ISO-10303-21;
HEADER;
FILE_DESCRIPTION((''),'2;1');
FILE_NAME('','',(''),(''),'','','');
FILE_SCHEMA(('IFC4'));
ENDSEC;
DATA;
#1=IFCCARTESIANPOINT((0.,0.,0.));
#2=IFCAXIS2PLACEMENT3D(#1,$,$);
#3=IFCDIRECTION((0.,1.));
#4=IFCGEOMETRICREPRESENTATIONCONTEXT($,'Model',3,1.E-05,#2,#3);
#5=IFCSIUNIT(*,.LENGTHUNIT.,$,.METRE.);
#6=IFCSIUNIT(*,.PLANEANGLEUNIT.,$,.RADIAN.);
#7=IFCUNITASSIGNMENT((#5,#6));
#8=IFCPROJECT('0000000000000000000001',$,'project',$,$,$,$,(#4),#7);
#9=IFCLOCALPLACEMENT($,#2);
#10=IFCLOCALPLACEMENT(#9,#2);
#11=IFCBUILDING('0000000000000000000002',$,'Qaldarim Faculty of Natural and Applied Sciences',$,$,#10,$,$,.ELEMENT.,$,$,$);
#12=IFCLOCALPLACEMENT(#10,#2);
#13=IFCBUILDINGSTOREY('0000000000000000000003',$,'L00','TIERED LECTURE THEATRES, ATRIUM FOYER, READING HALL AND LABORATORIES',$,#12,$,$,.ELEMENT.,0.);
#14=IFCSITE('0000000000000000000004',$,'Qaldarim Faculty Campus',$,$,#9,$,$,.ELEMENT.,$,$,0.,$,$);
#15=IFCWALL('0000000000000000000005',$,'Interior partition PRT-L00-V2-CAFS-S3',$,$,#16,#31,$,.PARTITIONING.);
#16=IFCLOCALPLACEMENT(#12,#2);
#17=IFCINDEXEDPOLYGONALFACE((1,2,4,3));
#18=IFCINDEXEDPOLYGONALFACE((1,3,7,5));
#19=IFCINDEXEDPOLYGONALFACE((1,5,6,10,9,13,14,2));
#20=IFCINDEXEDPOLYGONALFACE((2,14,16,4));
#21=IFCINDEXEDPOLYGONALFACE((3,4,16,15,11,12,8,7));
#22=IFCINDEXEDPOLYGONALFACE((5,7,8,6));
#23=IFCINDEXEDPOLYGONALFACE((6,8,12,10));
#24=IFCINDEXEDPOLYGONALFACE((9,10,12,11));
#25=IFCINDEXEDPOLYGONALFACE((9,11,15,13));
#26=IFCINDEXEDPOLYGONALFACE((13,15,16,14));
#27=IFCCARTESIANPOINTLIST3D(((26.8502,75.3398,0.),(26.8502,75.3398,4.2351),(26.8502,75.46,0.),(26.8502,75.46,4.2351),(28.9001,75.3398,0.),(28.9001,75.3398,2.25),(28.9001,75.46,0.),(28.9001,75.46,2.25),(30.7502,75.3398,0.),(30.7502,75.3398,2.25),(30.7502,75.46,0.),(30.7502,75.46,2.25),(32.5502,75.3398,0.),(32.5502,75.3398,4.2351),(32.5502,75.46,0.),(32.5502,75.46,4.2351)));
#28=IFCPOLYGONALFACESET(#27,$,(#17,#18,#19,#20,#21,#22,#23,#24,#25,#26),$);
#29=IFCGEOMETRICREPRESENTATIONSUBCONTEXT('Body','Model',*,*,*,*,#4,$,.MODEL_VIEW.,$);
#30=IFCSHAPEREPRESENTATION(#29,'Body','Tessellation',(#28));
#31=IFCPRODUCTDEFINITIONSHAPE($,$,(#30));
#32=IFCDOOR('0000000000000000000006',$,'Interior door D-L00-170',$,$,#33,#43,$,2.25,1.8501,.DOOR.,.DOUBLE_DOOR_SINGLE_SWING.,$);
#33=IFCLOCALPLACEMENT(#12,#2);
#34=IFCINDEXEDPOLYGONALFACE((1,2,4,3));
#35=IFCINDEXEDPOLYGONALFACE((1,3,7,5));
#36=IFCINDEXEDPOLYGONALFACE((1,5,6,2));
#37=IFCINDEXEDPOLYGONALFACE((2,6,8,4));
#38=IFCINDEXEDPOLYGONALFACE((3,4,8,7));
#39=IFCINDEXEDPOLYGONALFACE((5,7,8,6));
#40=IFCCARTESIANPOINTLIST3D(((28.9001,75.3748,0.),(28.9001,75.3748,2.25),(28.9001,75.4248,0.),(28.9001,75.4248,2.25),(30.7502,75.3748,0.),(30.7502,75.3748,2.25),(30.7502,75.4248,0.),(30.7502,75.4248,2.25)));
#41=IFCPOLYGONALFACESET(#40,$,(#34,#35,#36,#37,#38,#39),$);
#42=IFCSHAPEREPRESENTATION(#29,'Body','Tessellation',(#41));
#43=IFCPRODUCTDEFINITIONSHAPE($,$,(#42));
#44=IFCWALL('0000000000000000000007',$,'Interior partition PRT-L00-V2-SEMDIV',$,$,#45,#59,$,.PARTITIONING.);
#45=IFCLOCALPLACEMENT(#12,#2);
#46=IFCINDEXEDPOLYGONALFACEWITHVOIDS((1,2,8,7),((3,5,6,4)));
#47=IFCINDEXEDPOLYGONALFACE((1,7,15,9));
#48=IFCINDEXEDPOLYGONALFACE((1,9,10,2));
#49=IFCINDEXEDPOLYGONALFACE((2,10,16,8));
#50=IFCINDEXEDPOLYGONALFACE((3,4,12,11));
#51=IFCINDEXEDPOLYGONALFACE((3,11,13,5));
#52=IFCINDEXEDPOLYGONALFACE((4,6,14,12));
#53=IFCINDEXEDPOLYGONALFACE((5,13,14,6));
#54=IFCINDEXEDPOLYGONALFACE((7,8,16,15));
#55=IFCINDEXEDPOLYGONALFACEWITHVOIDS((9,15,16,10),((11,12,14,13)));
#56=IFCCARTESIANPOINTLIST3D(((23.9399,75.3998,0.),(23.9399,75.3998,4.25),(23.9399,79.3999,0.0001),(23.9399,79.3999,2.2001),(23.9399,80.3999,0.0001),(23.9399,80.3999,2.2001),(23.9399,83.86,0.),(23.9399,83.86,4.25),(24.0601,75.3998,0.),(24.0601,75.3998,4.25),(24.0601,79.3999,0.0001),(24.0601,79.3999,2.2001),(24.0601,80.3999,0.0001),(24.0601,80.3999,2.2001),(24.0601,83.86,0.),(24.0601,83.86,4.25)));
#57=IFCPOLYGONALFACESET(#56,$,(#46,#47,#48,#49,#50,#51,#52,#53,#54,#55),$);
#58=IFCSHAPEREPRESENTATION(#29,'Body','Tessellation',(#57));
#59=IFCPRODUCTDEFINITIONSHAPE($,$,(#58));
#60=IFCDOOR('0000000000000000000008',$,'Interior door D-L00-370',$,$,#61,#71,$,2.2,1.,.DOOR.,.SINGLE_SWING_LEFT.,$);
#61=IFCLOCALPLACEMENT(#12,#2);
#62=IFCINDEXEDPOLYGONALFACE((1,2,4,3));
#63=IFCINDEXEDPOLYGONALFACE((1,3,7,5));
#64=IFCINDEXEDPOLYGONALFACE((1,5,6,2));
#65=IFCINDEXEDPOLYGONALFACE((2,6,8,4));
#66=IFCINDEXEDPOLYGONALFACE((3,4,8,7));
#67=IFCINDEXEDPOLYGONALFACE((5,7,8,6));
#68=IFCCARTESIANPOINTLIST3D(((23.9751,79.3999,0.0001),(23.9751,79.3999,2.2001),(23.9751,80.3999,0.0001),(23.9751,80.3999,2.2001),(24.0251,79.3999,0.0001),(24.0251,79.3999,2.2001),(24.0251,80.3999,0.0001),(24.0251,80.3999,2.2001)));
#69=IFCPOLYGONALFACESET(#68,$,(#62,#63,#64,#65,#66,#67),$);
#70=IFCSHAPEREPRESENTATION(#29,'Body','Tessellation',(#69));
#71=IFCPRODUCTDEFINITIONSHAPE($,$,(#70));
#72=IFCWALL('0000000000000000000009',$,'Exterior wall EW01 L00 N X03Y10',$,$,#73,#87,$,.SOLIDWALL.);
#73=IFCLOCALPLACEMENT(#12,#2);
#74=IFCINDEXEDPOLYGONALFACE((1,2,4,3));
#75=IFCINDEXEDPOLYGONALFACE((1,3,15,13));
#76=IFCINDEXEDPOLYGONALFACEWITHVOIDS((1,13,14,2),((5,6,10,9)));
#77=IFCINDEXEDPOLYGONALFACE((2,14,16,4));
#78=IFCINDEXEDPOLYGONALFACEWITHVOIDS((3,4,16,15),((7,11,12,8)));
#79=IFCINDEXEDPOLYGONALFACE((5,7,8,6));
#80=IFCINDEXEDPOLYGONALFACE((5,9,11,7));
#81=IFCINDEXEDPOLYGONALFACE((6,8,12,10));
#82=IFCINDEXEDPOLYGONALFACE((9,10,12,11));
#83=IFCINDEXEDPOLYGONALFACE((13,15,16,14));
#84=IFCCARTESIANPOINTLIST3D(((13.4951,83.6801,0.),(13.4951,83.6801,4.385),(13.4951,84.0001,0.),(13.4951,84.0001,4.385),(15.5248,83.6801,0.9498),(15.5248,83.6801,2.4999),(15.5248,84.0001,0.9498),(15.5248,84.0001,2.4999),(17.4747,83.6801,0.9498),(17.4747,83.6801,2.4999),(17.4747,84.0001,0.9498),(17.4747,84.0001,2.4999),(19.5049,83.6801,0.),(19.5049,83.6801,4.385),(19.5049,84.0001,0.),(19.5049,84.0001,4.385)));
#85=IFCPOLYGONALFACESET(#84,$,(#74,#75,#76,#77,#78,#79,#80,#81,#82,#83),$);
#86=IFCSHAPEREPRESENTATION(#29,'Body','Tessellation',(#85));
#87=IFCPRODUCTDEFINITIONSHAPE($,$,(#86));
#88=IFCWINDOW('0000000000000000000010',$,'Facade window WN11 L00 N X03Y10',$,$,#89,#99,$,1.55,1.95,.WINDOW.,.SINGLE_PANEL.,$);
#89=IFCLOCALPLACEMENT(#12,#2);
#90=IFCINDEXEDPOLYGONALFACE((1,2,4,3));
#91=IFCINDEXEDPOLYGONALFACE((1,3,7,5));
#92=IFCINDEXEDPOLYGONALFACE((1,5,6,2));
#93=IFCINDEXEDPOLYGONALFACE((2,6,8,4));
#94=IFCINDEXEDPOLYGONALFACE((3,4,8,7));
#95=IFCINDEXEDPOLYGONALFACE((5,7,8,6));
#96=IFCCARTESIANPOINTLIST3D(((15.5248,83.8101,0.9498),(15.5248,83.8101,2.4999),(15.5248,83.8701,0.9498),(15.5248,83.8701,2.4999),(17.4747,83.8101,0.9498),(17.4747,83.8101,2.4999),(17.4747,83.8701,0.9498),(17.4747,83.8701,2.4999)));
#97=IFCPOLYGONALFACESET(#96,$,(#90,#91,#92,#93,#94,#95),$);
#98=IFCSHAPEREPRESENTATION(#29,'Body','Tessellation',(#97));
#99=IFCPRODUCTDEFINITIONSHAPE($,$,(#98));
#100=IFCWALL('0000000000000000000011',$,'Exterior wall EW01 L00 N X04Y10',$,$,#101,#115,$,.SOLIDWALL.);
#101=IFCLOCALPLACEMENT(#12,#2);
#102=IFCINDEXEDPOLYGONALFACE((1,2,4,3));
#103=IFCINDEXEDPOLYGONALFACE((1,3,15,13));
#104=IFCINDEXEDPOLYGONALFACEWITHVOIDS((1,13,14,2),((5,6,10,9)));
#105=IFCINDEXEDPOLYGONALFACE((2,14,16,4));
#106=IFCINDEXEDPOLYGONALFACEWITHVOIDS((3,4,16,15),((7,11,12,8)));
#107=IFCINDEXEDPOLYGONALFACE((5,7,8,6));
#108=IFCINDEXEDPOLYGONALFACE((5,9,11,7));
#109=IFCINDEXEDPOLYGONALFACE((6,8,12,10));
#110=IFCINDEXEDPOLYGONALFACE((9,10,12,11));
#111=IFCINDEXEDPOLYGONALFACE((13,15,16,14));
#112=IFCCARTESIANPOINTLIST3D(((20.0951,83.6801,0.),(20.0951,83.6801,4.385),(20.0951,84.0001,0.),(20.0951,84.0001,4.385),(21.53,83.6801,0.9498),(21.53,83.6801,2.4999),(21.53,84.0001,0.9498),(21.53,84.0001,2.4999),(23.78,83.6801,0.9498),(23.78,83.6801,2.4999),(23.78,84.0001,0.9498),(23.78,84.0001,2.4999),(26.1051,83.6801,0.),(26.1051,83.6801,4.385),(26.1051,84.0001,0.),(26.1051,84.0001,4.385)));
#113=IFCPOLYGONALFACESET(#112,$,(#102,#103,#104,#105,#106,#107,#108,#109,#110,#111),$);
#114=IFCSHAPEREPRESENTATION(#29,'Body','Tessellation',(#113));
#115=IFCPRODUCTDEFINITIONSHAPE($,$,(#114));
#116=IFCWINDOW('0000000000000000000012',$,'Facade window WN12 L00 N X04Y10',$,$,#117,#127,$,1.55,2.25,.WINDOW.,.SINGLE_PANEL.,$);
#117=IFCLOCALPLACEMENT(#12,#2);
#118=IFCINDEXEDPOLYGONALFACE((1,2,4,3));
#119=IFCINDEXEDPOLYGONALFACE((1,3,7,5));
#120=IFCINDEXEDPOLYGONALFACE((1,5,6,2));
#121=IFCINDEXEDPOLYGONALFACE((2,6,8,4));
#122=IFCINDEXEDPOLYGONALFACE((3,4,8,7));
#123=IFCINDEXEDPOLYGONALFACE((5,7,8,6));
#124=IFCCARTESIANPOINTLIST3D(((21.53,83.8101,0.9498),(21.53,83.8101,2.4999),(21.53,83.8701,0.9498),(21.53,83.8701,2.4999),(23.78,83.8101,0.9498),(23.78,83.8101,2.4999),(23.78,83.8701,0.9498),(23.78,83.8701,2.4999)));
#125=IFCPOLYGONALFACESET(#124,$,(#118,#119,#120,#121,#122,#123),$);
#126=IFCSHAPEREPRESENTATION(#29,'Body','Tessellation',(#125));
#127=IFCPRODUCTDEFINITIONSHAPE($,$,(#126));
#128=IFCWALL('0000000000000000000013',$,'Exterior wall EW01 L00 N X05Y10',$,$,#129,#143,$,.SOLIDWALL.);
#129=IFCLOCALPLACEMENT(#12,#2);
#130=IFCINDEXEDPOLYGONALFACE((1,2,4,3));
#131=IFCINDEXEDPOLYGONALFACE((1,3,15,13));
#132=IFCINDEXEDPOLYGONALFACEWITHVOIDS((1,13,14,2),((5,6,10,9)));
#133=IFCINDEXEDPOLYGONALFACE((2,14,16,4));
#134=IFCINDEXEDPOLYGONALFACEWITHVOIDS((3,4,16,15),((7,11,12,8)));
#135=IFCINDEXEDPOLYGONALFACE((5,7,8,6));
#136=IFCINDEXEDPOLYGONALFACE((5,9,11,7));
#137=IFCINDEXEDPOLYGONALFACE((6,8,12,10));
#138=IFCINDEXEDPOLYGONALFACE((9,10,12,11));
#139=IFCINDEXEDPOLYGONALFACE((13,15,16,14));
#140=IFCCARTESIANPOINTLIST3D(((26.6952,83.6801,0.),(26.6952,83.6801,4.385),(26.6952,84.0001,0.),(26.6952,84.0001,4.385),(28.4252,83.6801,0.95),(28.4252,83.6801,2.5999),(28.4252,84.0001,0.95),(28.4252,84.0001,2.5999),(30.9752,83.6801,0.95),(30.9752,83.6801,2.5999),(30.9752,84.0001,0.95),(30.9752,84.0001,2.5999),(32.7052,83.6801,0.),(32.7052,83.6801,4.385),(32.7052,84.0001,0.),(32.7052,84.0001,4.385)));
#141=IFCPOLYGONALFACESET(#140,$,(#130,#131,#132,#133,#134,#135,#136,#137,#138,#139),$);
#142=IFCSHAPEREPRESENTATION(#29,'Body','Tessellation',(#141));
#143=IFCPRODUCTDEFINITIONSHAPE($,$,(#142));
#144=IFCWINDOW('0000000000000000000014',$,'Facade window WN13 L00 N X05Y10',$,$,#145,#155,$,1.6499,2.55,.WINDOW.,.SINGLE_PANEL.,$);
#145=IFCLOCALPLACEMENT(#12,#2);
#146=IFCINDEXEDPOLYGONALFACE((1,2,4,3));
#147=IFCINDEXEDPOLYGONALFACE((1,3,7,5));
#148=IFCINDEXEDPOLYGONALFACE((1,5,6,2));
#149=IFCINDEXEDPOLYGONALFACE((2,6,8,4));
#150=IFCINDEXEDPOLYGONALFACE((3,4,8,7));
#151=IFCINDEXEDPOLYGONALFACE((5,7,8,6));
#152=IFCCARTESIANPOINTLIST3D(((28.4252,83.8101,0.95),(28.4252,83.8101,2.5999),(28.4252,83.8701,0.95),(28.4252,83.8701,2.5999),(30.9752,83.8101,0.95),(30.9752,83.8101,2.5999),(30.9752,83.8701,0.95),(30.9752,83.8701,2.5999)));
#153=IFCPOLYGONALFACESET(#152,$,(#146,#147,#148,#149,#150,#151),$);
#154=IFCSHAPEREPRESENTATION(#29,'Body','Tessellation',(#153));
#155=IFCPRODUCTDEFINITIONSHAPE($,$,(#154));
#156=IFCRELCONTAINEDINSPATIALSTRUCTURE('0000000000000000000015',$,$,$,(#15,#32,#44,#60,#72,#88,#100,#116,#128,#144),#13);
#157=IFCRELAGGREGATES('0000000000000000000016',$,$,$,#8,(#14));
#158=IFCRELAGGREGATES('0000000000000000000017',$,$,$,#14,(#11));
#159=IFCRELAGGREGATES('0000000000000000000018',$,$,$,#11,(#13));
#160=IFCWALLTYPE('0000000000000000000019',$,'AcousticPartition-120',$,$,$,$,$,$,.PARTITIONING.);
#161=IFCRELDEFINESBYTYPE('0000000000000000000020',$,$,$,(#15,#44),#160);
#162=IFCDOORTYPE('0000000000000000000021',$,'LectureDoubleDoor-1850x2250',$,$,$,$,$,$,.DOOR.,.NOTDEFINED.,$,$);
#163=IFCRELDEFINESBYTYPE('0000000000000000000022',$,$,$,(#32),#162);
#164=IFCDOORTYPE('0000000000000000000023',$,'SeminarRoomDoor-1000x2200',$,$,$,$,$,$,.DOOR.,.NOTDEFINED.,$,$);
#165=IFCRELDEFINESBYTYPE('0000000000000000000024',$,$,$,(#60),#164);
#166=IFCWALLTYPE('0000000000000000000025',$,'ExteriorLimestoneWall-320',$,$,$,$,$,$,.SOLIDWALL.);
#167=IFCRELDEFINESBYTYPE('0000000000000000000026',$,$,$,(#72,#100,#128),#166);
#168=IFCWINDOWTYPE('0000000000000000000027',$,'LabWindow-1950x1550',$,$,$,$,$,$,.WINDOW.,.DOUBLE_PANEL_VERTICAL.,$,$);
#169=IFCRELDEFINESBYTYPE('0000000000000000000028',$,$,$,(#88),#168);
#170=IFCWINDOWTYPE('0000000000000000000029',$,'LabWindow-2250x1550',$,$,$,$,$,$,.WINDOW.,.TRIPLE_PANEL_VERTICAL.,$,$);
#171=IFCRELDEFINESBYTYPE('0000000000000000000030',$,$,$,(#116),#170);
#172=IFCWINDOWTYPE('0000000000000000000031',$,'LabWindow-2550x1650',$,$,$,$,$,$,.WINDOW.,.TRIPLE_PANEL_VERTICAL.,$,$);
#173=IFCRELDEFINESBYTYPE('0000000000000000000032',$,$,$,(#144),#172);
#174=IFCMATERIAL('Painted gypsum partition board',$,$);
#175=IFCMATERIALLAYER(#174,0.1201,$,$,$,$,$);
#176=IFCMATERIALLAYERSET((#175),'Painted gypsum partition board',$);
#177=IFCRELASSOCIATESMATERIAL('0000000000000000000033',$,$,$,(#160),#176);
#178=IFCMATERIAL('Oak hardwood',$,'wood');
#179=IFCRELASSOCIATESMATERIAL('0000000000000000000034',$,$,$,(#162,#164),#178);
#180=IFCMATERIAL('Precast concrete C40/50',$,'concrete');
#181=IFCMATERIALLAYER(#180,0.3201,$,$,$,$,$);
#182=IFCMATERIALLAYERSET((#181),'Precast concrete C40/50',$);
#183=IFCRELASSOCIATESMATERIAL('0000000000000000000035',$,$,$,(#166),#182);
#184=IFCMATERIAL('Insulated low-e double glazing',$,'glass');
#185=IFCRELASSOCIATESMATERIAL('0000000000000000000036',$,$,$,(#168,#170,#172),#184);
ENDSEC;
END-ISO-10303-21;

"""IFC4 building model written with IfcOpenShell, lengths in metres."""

from ifc_helpers import new_model, si_unit, direction, frame, frame_2d, origin, place, context, subcontext, project, spatial, rectangle, extrude, material, layer, layer_set, type_object, element, fill, save


model = new_model("IFC4")

# Units and contexts
model_context = context("Model", 3, precision=1e-05, world=origin(), true_north=direction((0.0, 1.0)))
body_context = subcontext(model_context, "Body", "Model", "MODEL_VIEW")
ifc_project = project(units=[si_unit("LENGTHUNIT", "METRE"), si_unit("PLANEANGLEUNIT", "RADIAN")], contexts=[model_context])

# Site, building, storey
site_placement = place(None, origin())
site = spatial("IfcSite", under=ifc_project, at=site_placement, Name="Qaldarim Faculty Campus", CompositionType="ELEMENT", RefElevation=0.0)
building_placement = place(site_placement, origin())
building = spatial("IfcBuilding", under=site, at=building_placement, Name="Qaldarim Faculty of Natural and Applied Sciences", CompositionType="ELEMENT")
storey_placement = place(building_placement, origin())
storey = spatial("IfcBuildingStorey", under=building, at=storey_placement, Name="L00", Description="TIERED LECTURE THEATRES, ATRIUM FOYER, READING HALL AND LABORATORIES", CompositionType="ELEMENT", Elevation=0.0)

# Shared definitions
ifc_material_1 = material(Name="Painted gypsum partition board")
ifc_layer_1 = layer(ifc_material_1, 0.1201)
ifc_layer_set_1 = layer_set([ifc_layer_1], Name="Painted gypsum partition board")
wall_type_1 = type_object("IfcWallType", Name="AcousticPartition-120", PredefinedType="PARTITIONING", material=ifc_layer_set_1)

# Walls, openings, doors
wall_1_placement = place(storey_placement, frame((26.8501, 75.3999, 0.0), z_axis=(0.0, 0.0, 1.0), x_axis=(1.0, 0.0, 0.0)))
wall_1 = element("IfcWall", 1, at=wall_1_placement, inside=storey, type_object=wall_type_1, Name="Interior partition PRT-L00-V2-CAFS-S3", PredefinedType="PARTITIONING", context=body_context, shape_type="SweptSolid", body=[
    extrude(rectangle(XDim=5.7, YDim=0.1201, at=frame_2d((2.8501, 0.0))), origin(), (0.0, 0.0, 1.0), 4.2351),
])
opening_1_placement = place(wall_1_placement, frame((2.05, 0.0, 0.0)))
opening_1 = element("IfcOpeningElement", 2, at=opening_1_placement, cuts=wall_1, PredefinedType="OPENING", context=body_context, shape_type="SweptSolid", body=[
    extrude(rectangle(XDim=1.8501, YDim=2.25, at=frame_2d((0.925, 1.125))), frame((0.0, 0.0701, 0.0), z_axis=(0.0, -1.0, 0.0), x_axis=(1.0, 0.0, 0.0)), (0.0, 0.0, 1.0), 0.1401),
])
ifc_material_2 = material(Name="Oak hardwood", Category="wood")
door_type_1 = type_object("IfcDoorType", Name="LectureDoubleDoor-1850x2250", OperationType="NOTDEFINED", PredefinedType="DOOR", material=ifc_material_2)
door_1_placement = place(opening_1_placement, origin())
door_1 = element("IfcDoor", 3, at=door_1_placement, inside=storey, type_object=door_type_1, Name="Interior door D-L00-170", OperationType="DOUBLE_DOOR_SINGLE_SWING", OverallHeight=2.25, OverallWidth=1.8501, PredefinedType="DOOR", context=body_context, shape_type="SweptSolid", body=[
    extrude(rectangle(XDim=1.8501, YDim=2.25, at=frame_2d((0.925, 1.125))), frame((0.0, 0.0249, 0.0), z_axis=(0.0, -1.0, 0.0), x_axis=(1.0, 0.0, 0.0)), (0.0, 0.0, 1.0), 0.05),
])
fill(opening_1, door_1)
wall_2_placement = place(storey_placement, frame((24.0, 75.3999, 0.0), z_axis=(0.0, 0.0, 1.0), x_axis=(0.0, 1.0, 0.0)))
wall_2 = element("IfcWall", 4, at=wall_2_placement, inside=storey, type_object=wall_type_1, Name="Interior partition PRT-L00-V2-SEMDIV", PredefinedType="PARTITIONING", context=body_context, shape_type="SweptSolid", body=[
    extrude(rectangle(XDim=8.4602, YDim=0.1201, at=frame_2d((4.23, 0.0))), origin(), (0.0, 0.0, 1.0), 4.25),
])
opening_2_placement = place(wall_2_placement, frame((4.0, 0.0, 0.0)))
opening_2 = element("IfcOpeningElement", 5, at=opening_2_placement, cuts=wall_2, PredefinedType="OPENING", context=body_context, shape_type="SweptSolid", body=[
    extrude(rectangle(XDim=1.0, YDim=2.2, at=frame_2d((0.5, 1.1001))), frame((0.0, 0.0701, 0.0), z_axis=(0.0, -1.0, 0.0), x_axis=(1.0, 0.0, 0.0)), (0.0, 0.0, 1.0), 0.1401),
])
door_type_2 = type_object("IfcDoorType", Name="SeminarRoomDoor-1000x2200", OperationType="NOTDEFINED", PredefinedType="DOOR", material=ifc_material_2)
door_2_placement = place(opening_2_placement, origin())
door_2 = element("IfcDoor", 6, at=door_2_placement, inside=storey, type_object=door_type_2, Name="Interior door D-L00-370", OperationType="SINGLE_SWING_LEFT", OverallHeight=2.2, OverallWidth=1.0, PredefinedType="DOOR", context=body_context, shape_type="SweptSolid", body=[
    extrude(rectangle(XDim=1.0, YDim=2.2, at=frame_2d((0.5, 1.1001))), frame((0.0, 0.0249, 0.0), z_axis=(0.0, -1.0, 0.0), x_axis=(1.0, 0.0, 0.0)), (0.0, 0.0, 1.0), 0.05),
])
fill(opening_2, door_2)

# Walls, openings, windows
ifc_material_3 = material(Name="Precast concrete C40/50", Category="concrete")
ifc_layer_2 = layer(ifc_material_3, 0.3201)
ifc_layer_set_2 = layer_set([ifc_layer_2], Name="Precast concrete C40/50")
wall_type_2 = type_object("IfcWallType", Name="ExteriorLimestoneWall-320", PredefinedType="SOLIDWALL", material=ifc_layer_set_2)
wall_3_placement = place(storey_placement, frame((19.5049, 83.8401, 0.0), z_axis=(0.0, 0.0, 1.0), x_axis=(-1.0, 0.0, 0.0)))
wall_3 = element("IfcWall", 7, at=wall_3_placement, inside=storey, type_object=wall_type_2, Name="Exterior wall EW01 L00 N X03Y10", PredefinedType="SOLIDWALL", context=body_context, shape_type="SweptSolid", body=[
    extrude(rectangle(XDim=6.0098, YDim=0.3201, at=frame_2d((3.0049, 0.0))), origin(), (0.0, 0.0, 1.0), 4.385),
])
opening_3_placement = place(wall_3_placement, frame((2.03, 0.0, 0.95)))
opening_3 = element("IfcOpeningElement", 8, at=opening_3_placement, cuts=wall_3, PredefinedType="OPENING", context=body_context, shape_type="SweptSolid", body=[
    extrude(rectangle(XDim=1.95, YDim=1.55, at=frame_2d((0.9751, 0.7749))), frame((0.0, 0.1699, 0.0), z_axis=(0.0, -1.0, 0.0), x_axis=(1.0, 0.0, 0.0)), (0.0, 0.0, 1.0), 0.3401),
])
ifc_material_4 = material(Name="Insulated low-e double glazing", Category="glass")
window_type_1 = type_object("IfcWindowType", Name="LabWindow-1950x1550", PartitioningType="DOUBLE_PANEL_VERTICAL", PredefinedType="WINDOW", material=ifc_material_4)
window_1_placement = place(opening_3_placement, origin())
window_1 = element("IfcWindow", 9, at=window_1_placement, inside=storey, type_object=window_type_1, Name="Facade window WN11 L00 N X03Y10", OverallHeight=1.55, OverallWidth=1.95, PartitioningType="SINGLE_PANEL", PredefinedType="WINDOW", context=body_context, shape_type="SweptSolid", body=[
    extrude(rectangle(XDim=1.95, YDim=1.55, at=frame_2d((0.9751, 0.7749))), frame((0.0, 0.03, 0.0), z_axis=(0.0, -1.0, 0.0), x_axis=(1.0, 0.0, 0.0)), (0.0, 0.0, 1.0), 0.0601),
])
fill(opening_3, window_1)
wall_4_placement = place(storey_placement, frame((26.105, 83.8401, 0.0), z_axis=(0.0, 0.0, 1.0), x_axis=(-1.0, 0.0, 0.0)))
wall_4 = element("IfcWall", 10, at=wall_4_placement, inside=storey, type_object=wall_type_2, Name="Exterior wall EW01 L00 N X04Y10", PredefinedType="SOLIDWALL", context=body_context, shape_type="SweptSolid", body=[
    extrude(rectangle(XDim=6.01, YDim=0.3201, at=frame_2d((3.0049, 0.0))), origin(), (0.0, 0.0, 1.0), 4.385),
])
opening_4_placement = place(wall_4_placement, frame((2.325, 0.0, 0.95)))
opening_4 = element("IfcOpeningElement", 11, at=opening_4_placement, cuts=wall_4, PredefinedType="OPENING", context=body_context, shape_type="SweptSolid", body=[
    extrude(rectangle(XDim=2.25, YDim=1.55, at=frame_2d((1.125, 0.7749))), frame((0.0, 0.1699, 0.0), z_axis=(0.0, -1.0, 0.0), x_axis=(1.0, 0.0, 0.0)), (0.0, 0.0, 1.0), 0.3401),
])
window_type_2 = type_object("IfcWindowType", Name="LabWindow-2250x1550", PartitioningType="TRIPLE_PANEL_VERTICAL", PredefinedType="WINDOW", material=ifc_material_4)
window_2_placement = place(opening_4_placement, origin())
window_2 = element("IfcWindow", 12, at=window_2_placement, inside=storey, type_object=window_type_2, Name="Facade window WN12 L00 N X04Y10", OverallHeight=1.55, OverallWidth=2.25, PartitioningType="SINGLE_PANEL", PredefinedType="WINDOW", context=body_context, shape_type="SweptSolid", body=[
    extrude(rectangle(XDim=2.25, YDim=1.55, at=frame_2d((1.125, 0.7749))), frame((0.0, 0.03, 0.0), z_axis=(0.0, -1.0, 0.0), x_axis=(1.0, 0.0, 0.0)), (0.0, 0.0, 1.0), 0.0601),
])
fill(opening_4, window_2)
wall_5_placement = place(storey_placement, frame((32.7051, 83.8401, 0.0), z_axis=(0.0, 0.0, 1.0), x_axis=(-1.0, 0.0, 0.0)))
wall_5 = element("IfcWall", 13, at=wall_5_placement, inside=storey, type_object=wall_type_2, Name="Exterior wall EW01 L00 N X05Y10", PredefinedType="SOLIDWALL", context=body_context, shape_type="SweptSolid", body=[
    extrude(rectangle(XDim=6.01, YDim=0.3201, at=frame_2d((3.0049, 0.0))), origin(), (0.0, 0.0, 1.0), 4.385),
])
opening_5_placement = place(wall_5_placement, frame((1.73, 0.0, 0.95)))
opening_5 = element("IfcOpeningElement", 14, at=opening_5_placement, cuts=wall_5, PredefinedType="OPENING", context=body_context, shape_type="SweptSolid", body=[
    extrude(rectangle(XDim=2.55, YDim=1.6499, at=frame_2d((1.2749, 0.825))), frame((0.0, 0.1699, 0.0), z_axis=(0.0, -1.0, 0.0), x_axis=(1.0, 0.0, 0.0)), (0.0, 0.0, 1.0), 0.3401),
])
window_type_3 = type_object("IfcWindowType", Name="LabWindow-2550x1650", PartitioningType="TRIPLE_PANEL_VERTICAL", PredefinedType="WINDOW", material=ifc_material_4)
window_3_placement = place(opening_5_placement, origin())
window_3 = element("IfcWindow", 15, at=window_3_placement, inside=storey, type_object=window_type_3, Name="Facade window WN13 L00 N X05Y10", OverallHeight=1.6499, OverallWidth=2.55, PartitioningType="SINGLE_PANEL", PredefinedType="WINDOW", context=body_context, shape_type="SweptSolid", body=[
    extrude(rectangle(XDim=2.55, YDim=1.6499, at=frame_2d((1.2749, 0.825))), frame((0.0, 0.03, 0.0), z_axis=(0.0, -1.0, 0.0), x_axis=(1.0, 0.0, 0.0)), (0.0, 0.0, 1.0), 0.0601),
])
fill(opening_5, window_3)

save(model, "model.ifc")
